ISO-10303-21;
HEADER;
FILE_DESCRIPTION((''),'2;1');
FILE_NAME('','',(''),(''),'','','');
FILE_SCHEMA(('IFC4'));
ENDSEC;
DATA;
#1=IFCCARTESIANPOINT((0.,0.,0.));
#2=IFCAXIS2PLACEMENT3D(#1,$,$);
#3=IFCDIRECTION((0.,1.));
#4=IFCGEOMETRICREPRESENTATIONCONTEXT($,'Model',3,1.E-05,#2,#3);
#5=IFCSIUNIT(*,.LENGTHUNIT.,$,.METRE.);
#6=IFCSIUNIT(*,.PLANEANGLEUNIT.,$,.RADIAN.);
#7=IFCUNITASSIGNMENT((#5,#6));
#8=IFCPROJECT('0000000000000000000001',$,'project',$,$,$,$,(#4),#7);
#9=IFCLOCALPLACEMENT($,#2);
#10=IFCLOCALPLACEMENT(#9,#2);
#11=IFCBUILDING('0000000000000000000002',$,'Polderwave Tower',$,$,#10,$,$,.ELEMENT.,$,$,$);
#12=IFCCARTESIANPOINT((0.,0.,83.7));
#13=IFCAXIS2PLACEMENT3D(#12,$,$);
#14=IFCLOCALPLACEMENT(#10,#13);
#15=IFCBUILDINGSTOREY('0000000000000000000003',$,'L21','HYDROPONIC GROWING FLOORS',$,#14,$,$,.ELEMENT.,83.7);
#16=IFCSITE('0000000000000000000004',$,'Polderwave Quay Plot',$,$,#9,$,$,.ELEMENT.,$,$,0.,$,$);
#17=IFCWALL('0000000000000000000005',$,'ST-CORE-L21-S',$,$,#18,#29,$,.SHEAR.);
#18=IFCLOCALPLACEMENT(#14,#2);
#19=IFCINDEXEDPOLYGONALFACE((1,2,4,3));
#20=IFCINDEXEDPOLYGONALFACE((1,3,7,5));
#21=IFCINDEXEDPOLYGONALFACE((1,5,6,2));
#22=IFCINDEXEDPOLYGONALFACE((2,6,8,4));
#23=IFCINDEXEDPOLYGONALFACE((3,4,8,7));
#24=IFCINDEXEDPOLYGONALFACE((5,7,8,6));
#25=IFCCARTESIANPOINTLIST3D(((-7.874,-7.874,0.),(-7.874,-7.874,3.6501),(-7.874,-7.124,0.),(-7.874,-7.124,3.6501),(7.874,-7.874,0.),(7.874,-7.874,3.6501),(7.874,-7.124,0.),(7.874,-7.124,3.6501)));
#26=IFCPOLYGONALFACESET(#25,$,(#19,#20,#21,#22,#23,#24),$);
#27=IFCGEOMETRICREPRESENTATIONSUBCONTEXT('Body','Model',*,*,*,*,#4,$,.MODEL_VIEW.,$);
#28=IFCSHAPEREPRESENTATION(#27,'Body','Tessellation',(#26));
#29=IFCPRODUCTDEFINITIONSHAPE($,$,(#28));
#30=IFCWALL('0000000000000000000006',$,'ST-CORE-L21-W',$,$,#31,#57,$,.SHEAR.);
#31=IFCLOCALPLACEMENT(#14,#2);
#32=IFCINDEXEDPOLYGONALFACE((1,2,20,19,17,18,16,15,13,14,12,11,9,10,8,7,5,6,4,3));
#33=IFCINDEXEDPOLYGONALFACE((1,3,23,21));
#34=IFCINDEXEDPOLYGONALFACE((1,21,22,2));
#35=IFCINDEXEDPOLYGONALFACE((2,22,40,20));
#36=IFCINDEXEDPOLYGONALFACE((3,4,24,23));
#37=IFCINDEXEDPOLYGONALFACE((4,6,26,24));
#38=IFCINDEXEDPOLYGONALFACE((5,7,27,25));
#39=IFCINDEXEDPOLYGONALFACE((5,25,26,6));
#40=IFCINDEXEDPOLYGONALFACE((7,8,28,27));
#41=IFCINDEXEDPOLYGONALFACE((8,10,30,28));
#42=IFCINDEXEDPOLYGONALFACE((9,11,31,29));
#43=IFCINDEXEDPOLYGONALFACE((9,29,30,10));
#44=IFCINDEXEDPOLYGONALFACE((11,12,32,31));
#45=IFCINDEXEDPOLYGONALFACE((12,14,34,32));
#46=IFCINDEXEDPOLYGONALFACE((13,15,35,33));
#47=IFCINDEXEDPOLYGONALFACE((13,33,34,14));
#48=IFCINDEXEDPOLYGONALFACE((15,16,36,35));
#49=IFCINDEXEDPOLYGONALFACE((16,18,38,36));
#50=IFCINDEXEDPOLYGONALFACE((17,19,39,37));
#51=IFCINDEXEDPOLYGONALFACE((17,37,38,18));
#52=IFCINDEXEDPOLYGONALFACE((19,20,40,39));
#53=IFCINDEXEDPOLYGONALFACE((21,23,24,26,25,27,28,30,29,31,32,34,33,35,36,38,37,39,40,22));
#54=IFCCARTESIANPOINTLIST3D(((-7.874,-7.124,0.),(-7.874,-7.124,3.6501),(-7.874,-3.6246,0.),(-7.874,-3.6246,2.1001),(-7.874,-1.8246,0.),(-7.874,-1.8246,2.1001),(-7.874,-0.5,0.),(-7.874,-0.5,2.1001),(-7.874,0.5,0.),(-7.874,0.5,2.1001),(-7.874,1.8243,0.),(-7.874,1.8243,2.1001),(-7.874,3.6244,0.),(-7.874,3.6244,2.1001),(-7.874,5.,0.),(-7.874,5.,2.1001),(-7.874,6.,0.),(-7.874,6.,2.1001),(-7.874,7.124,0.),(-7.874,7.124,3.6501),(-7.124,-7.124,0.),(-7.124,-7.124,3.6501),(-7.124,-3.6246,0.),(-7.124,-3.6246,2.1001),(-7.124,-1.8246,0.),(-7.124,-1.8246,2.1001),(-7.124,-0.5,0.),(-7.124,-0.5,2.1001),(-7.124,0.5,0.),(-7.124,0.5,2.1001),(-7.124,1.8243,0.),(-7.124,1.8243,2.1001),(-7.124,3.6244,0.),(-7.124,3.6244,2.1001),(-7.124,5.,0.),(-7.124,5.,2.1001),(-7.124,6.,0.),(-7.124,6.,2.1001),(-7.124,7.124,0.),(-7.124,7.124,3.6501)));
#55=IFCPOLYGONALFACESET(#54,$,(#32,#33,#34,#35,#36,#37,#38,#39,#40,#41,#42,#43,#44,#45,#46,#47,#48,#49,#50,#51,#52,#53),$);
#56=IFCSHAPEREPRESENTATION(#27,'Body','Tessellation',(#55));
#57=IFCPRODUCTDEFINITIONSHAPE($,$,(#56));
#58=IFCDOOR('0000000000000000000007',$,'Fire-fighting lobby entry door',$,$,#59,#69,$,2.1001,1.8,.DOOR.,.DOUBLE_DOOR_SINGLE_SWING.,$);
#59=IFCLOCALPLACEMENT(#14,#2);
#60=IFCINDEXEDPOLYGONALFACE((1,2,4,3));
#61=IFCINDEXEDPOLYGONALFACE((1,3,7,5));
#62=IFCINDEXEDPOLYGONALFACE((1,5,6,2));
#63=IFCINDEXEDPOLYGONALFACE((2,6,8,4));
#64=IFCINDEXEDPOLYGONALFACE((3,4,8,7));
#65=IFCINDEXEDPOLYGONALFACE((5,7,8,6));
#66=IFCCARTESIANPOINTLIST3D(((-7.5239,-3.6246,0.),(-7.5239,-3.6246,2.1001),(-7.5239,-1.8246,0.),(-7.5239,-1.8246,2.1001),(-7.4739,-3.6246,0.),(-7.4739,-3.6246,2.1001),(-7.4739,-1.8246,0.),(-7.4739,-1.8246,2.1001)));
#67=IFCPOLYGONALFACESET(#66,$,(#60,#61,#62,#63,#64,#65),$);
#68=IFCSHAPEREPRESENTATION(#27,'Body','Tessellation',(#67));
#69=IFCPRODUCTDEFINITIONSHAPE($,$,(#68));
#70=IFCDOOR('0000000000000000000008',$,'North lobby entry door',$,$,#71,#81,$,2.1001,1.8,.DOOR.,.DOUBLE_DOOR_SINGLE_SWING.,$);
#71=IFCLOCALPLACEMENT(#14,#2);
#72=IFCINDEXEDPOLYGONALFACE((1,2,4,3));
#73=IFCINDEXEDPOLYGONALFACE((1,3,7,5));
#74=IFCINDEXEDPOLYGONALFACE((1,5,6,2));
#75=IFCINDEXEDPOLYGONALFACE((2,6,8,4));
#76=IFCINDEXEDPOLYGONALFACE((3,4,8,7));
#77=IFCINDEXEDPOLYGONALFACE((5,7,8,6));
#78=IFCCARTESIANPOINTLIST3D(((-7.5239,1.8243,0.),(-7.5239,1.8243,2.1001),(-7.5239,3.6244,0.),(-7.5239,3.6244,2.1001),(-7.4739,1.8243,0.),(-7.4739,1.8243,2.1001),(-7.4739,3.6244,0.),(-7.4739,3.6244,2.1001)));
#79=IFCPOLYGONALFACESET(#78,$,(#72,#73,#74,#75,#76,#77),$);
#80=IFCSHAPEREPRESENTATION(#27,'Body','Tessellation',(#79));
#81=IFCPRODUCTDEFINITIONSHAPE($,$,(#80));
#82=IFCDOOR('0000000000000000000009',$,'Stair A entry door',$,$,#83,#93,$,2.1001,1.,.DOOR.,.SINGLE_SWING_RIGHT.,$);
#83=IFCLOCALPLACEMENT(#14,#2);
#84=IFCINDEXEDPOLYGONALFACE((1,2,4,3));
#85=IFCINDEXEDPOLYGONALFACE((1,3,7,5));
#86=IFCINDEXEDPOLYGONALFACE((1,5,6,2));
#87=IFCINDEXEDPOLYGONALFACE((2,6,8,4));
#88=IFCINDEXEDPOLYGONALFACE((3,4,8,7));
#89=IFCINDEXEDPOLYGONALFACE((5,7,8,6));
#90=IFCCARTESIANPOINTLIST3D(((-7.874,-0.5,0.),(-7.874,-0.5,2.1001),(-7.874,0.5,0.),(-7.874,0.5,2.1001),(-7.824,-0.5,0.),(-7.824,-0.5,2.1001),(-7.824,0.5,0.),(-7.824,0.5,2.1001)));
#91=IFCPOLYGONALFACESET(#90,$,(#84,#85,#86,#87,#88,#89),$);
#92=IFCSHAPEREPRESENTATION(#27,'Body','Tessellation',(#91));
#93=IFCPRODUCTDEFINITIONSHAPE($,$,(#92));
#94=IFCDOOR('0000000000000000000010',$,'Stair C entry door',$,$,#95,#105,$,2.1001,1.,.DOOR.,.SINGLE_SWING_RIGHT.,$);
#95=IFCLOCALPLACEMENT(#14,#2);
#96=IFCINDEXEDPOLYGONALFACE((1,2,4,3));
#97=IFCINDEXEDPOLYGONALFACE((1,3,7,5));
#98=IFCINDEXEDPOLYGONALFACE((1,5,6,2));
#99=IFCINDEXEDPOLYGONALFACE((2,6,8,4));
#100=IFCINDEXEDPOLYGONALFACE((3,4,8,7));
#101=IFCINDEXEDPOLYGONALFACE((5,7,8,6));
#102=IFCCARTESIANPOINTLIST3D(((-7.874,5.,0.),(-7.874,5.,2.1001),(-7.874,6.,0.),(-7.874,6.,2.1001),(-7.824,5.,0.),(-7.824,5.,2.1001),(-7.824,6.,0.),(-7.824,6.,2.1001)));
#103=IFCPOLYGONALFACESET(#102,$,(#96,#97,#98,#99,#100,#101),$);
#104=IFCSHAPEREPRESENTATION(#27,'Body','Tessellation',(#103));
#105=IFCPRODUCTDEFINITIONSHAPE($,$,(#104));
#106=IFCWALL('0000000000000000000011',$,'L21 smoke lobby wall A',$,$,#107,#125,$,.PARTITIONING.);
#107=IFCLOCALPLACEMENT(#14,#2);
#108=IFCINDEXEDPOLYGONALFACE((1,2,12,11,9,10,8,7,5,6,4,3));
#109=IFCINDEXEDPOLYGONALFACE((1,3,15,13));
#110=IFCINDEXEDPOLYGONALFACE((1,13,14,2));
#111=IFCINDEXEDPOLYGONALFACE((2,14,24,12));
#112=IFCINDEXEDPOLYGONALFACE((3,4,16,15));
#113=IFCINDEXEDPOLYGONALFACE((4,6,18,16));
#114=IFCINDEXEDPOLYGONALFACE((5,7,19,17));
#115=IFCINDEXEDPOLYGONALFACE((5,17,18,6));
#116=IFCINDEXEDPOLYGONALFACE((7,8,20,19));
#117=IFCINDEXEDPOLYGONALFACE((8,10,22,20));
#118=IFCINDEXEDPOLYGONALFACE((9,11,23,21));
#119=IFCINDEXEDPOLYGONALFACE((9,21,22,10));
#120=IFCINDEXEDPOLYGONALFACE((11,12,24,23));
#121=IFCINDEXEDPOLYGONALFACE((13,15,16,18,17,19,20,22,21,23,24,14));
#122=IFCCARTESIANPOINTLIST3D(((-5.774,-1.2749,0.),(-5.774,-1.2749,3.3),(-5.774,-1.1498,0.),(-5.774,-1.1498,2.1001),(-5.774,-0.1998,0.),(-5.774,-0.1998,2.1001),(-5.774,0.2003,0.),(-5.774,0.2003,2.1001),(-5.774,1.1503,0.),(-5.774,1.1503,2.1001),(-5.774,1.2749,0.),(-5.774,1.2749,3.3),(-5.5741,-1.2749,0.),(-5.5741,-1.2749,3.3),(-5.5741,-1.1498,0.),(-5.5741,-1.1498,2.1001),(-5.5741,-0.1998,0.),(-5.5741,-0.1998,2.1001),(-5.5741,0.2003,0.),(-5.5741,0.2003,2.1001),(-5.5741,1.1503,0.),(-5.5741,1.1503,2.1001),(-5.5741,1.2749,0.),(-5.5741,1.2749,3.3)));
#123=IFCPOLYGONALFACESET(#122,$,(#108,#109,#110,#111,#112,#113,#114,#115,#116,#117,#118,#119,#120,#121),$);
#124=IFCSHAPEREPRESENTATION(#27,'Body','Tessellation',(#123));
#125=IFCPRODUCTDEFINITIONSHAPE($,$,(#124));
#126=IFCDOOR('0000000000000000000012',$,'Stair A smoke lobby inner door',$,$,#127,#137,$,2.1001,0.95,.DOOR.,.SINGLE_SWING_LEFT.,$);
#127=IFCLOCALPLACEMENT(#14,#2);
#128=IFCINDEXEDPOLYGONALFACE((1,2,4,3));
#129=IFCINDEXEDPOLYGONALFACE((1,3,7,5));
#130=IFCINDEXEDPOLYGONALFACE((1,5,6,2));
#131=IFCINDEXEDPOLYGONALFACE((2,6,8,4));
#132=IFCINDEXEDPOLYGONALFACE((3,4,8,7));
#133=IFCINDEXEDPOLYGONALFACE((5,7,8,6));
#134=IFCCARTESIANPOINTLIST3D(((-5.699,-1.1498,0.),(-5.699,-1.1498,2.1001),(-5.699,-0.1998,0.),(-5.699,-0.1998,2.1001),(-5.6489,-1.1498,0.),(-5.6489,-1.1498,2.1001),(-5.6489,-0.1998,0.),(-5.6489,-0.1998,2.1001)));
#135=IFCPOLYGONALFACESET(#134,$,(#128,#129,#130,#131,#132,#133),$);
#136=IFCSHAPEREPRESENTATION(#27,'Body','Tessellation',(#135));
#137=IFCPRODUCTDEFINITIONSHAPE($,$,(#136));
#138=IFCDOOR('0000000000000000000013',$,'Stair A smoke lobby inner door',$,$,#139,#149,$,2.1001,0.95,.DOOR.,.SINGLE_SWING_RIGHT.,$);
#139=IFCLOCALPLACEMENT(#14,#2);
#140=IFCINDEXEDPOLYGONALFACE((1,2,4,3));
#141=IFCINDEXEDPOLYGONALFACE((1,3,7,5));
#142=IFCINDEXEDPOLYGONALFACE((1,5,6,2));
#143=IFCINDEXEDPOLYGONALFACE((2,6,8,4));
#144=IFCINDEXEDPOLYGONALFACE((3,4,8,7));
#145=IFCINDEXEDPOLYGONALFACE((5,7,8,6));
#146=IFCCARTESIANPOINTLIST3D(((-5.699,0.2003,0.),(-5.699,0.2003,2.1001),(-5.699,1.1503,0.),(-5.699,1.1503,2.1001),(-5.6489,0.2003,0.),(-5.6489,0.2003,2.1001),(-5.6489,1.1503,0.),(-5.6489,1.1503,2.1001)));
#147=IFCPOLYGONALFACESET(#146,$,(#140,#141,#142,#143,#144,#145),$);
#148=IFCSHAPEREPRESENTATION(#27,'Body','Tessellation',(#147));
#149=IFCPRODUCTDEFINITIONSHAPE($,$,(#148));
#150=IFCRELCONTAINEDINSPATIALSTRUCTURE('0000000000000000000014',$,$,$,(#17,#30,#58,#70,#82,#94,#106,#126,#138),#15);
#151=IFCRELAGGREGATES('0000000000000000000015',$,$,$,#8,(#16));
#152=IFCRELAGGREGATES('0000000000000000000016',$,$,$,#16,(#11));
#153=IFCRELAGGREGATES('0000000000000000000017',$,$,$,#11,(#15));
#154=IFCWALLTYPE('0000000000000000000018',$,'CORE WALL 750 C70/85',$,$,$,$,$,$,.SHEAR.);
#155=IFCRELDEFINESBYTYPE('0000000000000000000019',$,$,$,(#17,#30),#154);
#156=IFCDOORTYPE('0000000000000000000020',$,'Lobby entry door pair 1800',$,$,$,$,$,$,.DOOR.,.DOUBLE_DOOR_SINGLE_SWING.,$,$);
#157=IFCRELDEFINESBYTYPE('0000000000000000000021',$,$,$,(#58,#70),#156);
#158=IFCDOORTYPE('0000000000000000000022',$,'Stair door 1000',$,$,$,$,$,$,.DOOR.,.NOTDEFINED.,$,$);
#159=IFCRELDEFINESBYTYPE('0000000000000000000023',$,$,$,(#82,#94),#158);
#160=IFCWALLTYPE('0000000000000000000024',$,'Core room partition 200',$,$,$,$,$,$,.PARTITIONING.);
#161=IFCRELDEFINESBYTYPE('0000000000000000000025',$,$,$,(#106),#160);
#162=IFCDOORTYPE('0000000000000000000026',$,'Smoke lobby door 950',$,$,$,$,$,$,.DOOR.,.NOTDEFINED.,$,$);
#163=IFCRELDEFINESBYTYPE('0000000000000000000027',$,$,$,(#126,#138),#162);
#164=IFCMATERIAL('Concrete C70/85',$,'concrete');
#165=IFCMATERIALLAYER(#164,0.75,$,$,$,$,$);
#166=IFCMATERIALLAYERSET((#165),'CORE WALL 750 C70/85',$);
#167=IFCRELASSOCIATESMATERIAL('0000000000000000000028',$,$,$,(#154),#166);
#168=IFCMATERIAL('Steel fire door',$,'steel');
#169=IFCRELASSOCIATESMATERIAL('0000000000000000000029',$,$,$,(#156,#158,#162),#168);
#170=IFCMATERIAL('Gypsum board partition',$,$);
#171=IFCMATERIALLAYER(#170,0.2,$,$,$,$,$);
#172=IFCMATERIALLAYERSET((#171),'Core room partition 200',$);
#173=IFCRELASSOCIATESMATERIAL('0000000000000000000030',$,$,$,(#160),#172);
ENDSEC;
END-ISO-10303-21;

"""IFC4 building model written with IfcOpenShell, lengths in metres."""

from ifc_helpers import new_model, si_unit, direction, frame, frame_2d, origin, place, context, subcontext, project, spatial, rectangle, extrude, material, layer, layer_set, type_object, element, fill, save


model = new_model("IFC4")

# Units and contexts
model_context = context("Model", 3, precision=1e-05, world=origin(), true_north=direction((0.0, 1.0)))
body_context = subcontext(model_context, "Body", "Model", "MODEL_VIEW")
ifc_project = project(units=[si_unit("LENGTHUNIT", "METRE"), si_unit("PLANEANGLEUNIT", "RADIAN")], contexts=[model_context])

# Site, building, storey
site_placement = place(None, origin())
site = spatial("IfcSite", under=ifc_project, at=site_placement, Name="Polderwave Quay Plot", CompositionType="ELEMENT", RefElevation=0.0)
building_placement = place(site_placement, origin())
building = spatial("IfcBuilding", under=site, at=building_placement, Name="Polderwave Tower", CompositionType="ELEMENT")
storey_placement = place(building_placement, frame((0.0, 0.0, 83.7)))
storey = spatial("IfcBuildingStorey", under=building, at=storey_placement, Name="L21", Description="HYDROPONIC GROWING FLOORS", CompositionType="ELEMENT", Elevation=83.7)

# Wall
ifc_material_1 = material(Name="Concrete C70/85", Category="concrete")
ifc_layer_1 = layer(ifc_material_1, 0.75)
ifc_layer_set_1 = layer_set([ifc_layer_1], Name="CORE WALL 750 C70/85")
wall_type_1 = type_object("IfcWallType", Name="CORE WALL 750 C70/85", PredefinedType="SHEAR", material=ifc_layer_set_1)
wall_1_placement = place(storey_placement, frame((-7.874, -7.499, 0.0), z_axis=(0.0, 0.0, 1.0), x_axis=(1.0, 0.0, 0.0)))
element("IfcWall", 1, at=wall_1_placement, inside=storey, type_object=wall_type_1, Name="ST-CORE-L21-S", PredefinedType="SHEAR", context=body_context, shape_type="SweptSolid", body=[
    extrude(rectangle(XDim=15.748, YDim=0.75, at=frame_2d((7.874, 0.0))), origin(), (0.0, 0.0, 1.0), 3.6501),
])

# Walls, openings, doors
wall_2_placement = place(storey_placement, frame((-7.499, -7.124, 0.0), z_axis=(0.0, 0.0, 1.0), x_axis=(0.0, 1.0, 0.0)))
wall_2 = element("IfcWall", 2, at=wall_2_placement, inside=storey, type_object=wall_type_1, Name="ST-CORE-L21-W", PredefinedType="SHEAR", context=body_context, shape_type="SweptSolid", body=[
    extrude(rectangle(XDim=14.248, YDim=0.75, at=frame_2d((7.124, 0.0))), origin(), (0.0, 0.0, 1.0), 3.6501),
])
opening_1_placement = place(wall_2_placement, frame((6.624, 0.0, 0.0)))
opening_1 = element("IfcOpeningElement", 3, at=opening_1_placement, cuts=wall_2, PredefinedType="OPENING", context=body_context, shape_type="SweptSolid", body=[
    extrude(rectangle(XDim=1.0, YDim=2.1001, at=frame_2d((0.5, 1.05))), frame((0.0, 0.385, 0.0), z_axis=(0.0, -1.0, 0.0), x_axis=(1.0, 0.0, 0.0)), (0.0, 0.0, 1.0), 0.77),
])
opening_2_placement = place(wall_2_placement, frame((3.4995, 0.0, 0.0)))
opening_2 = element("IfcOpeningElement", 4, at=opening_2_placement, cuts=wall_2, PredefinedType="OPENING", context=body_context, shape_type="SweptSolid", body=[
    extrude(rectangle(XDim=1.8, YDim=2.1001, at=frame_2d((0.8999, 1.05))), frame((0.0, 0.385, 0.0), z_axis=(0.0, -1.0, 0.0), x_axis=(1.0, 0.0, 0.0)), (0.0, 0.0, 1.0), 0.77),
])
opening_3_placement = place(wall_2_placement, frame((8.9485, 0.0, 0.0)))
opening_3 = element("IfcOpeningElement", 5, at=opening_3_placement, cuts=wall_2, PredefinedType="OPENING", context=body_context, shape_type="SweptSolid", body=[
    extrude(rectangle(XDim=1.8, YDim=2.1001, at=frame_2d((0.8999, 1.05))), frame((0.0, 0.385, 0.0), z_axis=(0.0, -1.0, 0.0), x_axis=(1.0, 0.0, 0.0)), (0.0, 0.0, 1.0), 0.77),
])
opening_4_placement = place(wall_2_placement, frame((12.124, 0.0, 0.0)))
opening_4 = element("IfcOpeningElement", 6, at=opening_4_placement, cuts=wall_2, PredefinedType="OPENING", context=body_context, shape_type="SweptSolid", body=[
    extrude(rectangle(XDim=1.0, YDim=2.1001, at=frame_2d((0.5, 1.05))), frame((0.0, 0.385, 0.0), z_axis=(0.0, -1.0, 0.0), x_axis=(1.0, 0.0, 0.0)), (0.0, 0.0, 1.0), 0.77),
])
ifc_material_2 = material(Name="Steel fire door", Category="steel")
door_type_1 = type_object("IfcDoorType", Name="Lobby entry door pair 1800", OperationType="DOUBLE_DOOR_SINGLE_SWING", PredefinedType="DOOR", material=ifc_material_2)
door_1_placement = place(opening_2_placement, origin())
door_1 = element("IfcDoor", 7, at=door_1_placement, inside=storey, type_object=door_type_1, Name="Fire-fighting lobby entry door", OperationType="DOUBLE_DOOR_SINGLE_SWING", OverallHeight=2.1001, OverallWidth=1.8, PredefinedType="DOOR", context=body_context, shape_type="SweptSolid", body=[
    extrude(rectangle(XDim=1.8, YDim=2.1001, at=frame_2d((0.8999, 1.05))), frame((0.0, 0.0249, 0.0), z_axis=(0.0, -1.0, 0.0), x_axis=(1.0, 0.0, 0.0)), (0.0, 0.0, 1.0), 0.05),
])
fill(opening_2, door_1)
door_2_placement = place(opening_3_placement, origin())
door_2 = element("IfcDoor", 8, at=door_2_placement, inside=storey, type_object=door_type_1, Name="North lobby entry door", OperationType="DOUBLE_DOOR_SINGLE_SWING", OverallHeight=2.1001, OverallWidth=1.8, PredefinedType="DOOR", context=body_context, shape_type="SweptSolid", body=[
    extrude(rectangle(XDim=1.8, YDim=2.1001, at=frame_2d((0.8999, 1.05))), frame((0.0, 0.0249, 0.0), z_axis=(0.0, -1.0, 0.0), x_axis=(1.0, 0.0, 0.0)), (0.0, 0.0, 1.0), 0.05),
])
fill(opening_3, door_2)
door_type_2 = type_object("IfcDoorType", Name="Stair door 1000", OperationType="NOTDEFINED", PredefinedType="DOOR", material=ifc_material_2)
door_3_placement = place(opening_1_placement, origin())
door_3 = element("IfcDoor", 9, at=door_3_placement, inside=storey, type_object=door_type_2, Name="Stair A entry door", OperationType="SINGLE_SWING_RIGHT", OverallHeight=2.1001, OverallWidth=1.0, PredefinedType="DOOR", context=body_context, shape_type="SweptSolid", body=[
    extrude(rectangle(XDim=1.0, YDim=2.1001, at=frame_2d((0.5, 1.05))), frame((0.0, 0.375, 0.0), z_axis=(0.0, -1.0, 0.0), x_axis=(1.0, 0.0, 0.0)), (0.0, 0.0, 1.0), 0.05),
])
fill(opening_1, door_3)
door_4_placement = place(opening_4_placement, origin())
door_4 = element("IfcDoor", 10, at=door_4_placement, inside=storey, type_object=door_type_2, Name="Stair C entry door", OperationType="SINGLE_SWING_RIGHT", OverallHeight=2.1001, OverallWidth=1.0, PredefinedType="DOOR", context=body_context, shape_type="SweptSolid", body=[
    extrude(rectangle(XDim=1.0, YDim=2.1001, at=frame_2d((0.5, 1.05))), frame((0.0, 0.375, 0.0), z_axis=(0.0, -1.0, 0.0), x_axis=(1.0, 0.0, 0.0)), (0.0, 0.0, 1.0), 0.05),
])
fill(opening_4, door_4)
ifc_material_3 = material(Name="Gypsum board partition")
ifc_layer_2 = layer(ifc_material_3, 0.2)
ifc_layer_set_2 = layer_set([ifc_layer_2], Name="Core room partition 200")
wall_type_2 = type_object("IfcWallType", Name="Core room partition 200", PredefinedType="PARTITIONING", material=ifc_layer_set_2)
wall_3_placement = place(storey_placement, frame((-5.6741, -1.2749, 0.0), z_axis=(0.0, 0.0, 1.0), x_axis=(0.0, 1.0, 0.0)))
wall_3 = element("IfcWall", 11, at=wall_3_placement, inside=storey, type_object=wall_type_2, Name="L21 smoke lobby wall A", PredefinedType="PARTITIONING", context=body_context, shape_type="SweptSolid", body=[
    extrude(rectangle(XDim=2.5498, YDim=0.2, at=frame_2d((1.2749, 0.0))), origin(), (0.0, 0.0, 1.0), 3.3),
])
opening_5_placement = place(wall_3_placement, frame((0.125, 0.0, 0.0)))
opening_5 = element("IfcOpeningElement", 12, at=opening_5_placement, cuts=wall_3, PredefinedType="OPENING", context=body_context, shape_type="SweptSolid", body=[
    extrude(rectangle(XDim=0.95, YDim=2.1001, at=frame_2d((0.4751, 1.05))), frame((0.0, 0.1099, 0.0), z_axis=(0.0, -1.0, 0.0), x_axis=(1.0, 0.0, 0.0)), (0.0, 0.0, 1.0), 0.22),
])
opening_6_placement = place(wall_3_placement, frame((1.4751, 0.0, 0.0)))
opening_6 = element("IfcOpeningElement", 13, at=opening_6_placement, cuts=wall_3, PredefinedType="OPENING", context=body_context, shape_type="SweptSolid", body=[
    extrude(rectangle(XDim=0.95, YDim=2.1001, at=frame_2d((0.4751, 1.05))), frame((0.0, 0.1099, 0.0), z_axis=(0.0, -1.0, 0.0), x_axis=(1.0, 0.0, 0.0)), (0.0, 0.0, 1.0), 0.22),
])
door_type_3 = type_object("IfcDoorType", Name="Smoke lobby door 950", OperationType="NOTDEFINED", PredefinedType="DOOR", material=ifc_material_2)
door_5_placement = place(opening_5_placement, origin())
door_5 = element("IfcDoor", 14, at=door_5_placement, inside=storey, type_object=door_type_3, Name="Stair A smoke lobby inner door", OperationType="SINGLE_SWING_LEFT", OverallHeight=2.1001, OverallWidth=0.95, PredefinedType="DOOR", context=body_context, shape_type="SweptSolid", body=[
    extrude(rectangle(XDim=0.95, YDim=2.1001, at=frame_2d((0.4751, 1.05))), frame((0.0, 0.0249, 0.0), z_axis=(0.0, -1.0, 0.0), x_axis=(1.0, 0.0, 0.0)), (0.0, 0.0, 1.0), 0.05),
])
fill(opening_5, door_5)
door_6_placement = place(opening_6_placement, origin())
door_6 = element("IfcDoor", 15, at=door_6_placement, inside=storey, type_object=door_type_3, Name="Stair A smoke lobby inner door", OperationType="SINGLE_SWING_RIGHT", OverallHeight=2.1001, OverallWidth=0.95, PredefinedType="DOOR", context=body_context, shape_type="SweptSolid", body=[
    extrude(rectangle(XDim=0.95, YDim=2.1001, at=frame_2d((0.4751, 1.05))), frame((0.0, 0.0249, 0.0), z_axis=(0.0, -1.0, 0.0), x_axis=(1.0, 0.0, 0.0)), (0.0, 0.0, 1.0), 0.05),
])
fill(opening_6, door_6)

save(model, "model.ifc")
